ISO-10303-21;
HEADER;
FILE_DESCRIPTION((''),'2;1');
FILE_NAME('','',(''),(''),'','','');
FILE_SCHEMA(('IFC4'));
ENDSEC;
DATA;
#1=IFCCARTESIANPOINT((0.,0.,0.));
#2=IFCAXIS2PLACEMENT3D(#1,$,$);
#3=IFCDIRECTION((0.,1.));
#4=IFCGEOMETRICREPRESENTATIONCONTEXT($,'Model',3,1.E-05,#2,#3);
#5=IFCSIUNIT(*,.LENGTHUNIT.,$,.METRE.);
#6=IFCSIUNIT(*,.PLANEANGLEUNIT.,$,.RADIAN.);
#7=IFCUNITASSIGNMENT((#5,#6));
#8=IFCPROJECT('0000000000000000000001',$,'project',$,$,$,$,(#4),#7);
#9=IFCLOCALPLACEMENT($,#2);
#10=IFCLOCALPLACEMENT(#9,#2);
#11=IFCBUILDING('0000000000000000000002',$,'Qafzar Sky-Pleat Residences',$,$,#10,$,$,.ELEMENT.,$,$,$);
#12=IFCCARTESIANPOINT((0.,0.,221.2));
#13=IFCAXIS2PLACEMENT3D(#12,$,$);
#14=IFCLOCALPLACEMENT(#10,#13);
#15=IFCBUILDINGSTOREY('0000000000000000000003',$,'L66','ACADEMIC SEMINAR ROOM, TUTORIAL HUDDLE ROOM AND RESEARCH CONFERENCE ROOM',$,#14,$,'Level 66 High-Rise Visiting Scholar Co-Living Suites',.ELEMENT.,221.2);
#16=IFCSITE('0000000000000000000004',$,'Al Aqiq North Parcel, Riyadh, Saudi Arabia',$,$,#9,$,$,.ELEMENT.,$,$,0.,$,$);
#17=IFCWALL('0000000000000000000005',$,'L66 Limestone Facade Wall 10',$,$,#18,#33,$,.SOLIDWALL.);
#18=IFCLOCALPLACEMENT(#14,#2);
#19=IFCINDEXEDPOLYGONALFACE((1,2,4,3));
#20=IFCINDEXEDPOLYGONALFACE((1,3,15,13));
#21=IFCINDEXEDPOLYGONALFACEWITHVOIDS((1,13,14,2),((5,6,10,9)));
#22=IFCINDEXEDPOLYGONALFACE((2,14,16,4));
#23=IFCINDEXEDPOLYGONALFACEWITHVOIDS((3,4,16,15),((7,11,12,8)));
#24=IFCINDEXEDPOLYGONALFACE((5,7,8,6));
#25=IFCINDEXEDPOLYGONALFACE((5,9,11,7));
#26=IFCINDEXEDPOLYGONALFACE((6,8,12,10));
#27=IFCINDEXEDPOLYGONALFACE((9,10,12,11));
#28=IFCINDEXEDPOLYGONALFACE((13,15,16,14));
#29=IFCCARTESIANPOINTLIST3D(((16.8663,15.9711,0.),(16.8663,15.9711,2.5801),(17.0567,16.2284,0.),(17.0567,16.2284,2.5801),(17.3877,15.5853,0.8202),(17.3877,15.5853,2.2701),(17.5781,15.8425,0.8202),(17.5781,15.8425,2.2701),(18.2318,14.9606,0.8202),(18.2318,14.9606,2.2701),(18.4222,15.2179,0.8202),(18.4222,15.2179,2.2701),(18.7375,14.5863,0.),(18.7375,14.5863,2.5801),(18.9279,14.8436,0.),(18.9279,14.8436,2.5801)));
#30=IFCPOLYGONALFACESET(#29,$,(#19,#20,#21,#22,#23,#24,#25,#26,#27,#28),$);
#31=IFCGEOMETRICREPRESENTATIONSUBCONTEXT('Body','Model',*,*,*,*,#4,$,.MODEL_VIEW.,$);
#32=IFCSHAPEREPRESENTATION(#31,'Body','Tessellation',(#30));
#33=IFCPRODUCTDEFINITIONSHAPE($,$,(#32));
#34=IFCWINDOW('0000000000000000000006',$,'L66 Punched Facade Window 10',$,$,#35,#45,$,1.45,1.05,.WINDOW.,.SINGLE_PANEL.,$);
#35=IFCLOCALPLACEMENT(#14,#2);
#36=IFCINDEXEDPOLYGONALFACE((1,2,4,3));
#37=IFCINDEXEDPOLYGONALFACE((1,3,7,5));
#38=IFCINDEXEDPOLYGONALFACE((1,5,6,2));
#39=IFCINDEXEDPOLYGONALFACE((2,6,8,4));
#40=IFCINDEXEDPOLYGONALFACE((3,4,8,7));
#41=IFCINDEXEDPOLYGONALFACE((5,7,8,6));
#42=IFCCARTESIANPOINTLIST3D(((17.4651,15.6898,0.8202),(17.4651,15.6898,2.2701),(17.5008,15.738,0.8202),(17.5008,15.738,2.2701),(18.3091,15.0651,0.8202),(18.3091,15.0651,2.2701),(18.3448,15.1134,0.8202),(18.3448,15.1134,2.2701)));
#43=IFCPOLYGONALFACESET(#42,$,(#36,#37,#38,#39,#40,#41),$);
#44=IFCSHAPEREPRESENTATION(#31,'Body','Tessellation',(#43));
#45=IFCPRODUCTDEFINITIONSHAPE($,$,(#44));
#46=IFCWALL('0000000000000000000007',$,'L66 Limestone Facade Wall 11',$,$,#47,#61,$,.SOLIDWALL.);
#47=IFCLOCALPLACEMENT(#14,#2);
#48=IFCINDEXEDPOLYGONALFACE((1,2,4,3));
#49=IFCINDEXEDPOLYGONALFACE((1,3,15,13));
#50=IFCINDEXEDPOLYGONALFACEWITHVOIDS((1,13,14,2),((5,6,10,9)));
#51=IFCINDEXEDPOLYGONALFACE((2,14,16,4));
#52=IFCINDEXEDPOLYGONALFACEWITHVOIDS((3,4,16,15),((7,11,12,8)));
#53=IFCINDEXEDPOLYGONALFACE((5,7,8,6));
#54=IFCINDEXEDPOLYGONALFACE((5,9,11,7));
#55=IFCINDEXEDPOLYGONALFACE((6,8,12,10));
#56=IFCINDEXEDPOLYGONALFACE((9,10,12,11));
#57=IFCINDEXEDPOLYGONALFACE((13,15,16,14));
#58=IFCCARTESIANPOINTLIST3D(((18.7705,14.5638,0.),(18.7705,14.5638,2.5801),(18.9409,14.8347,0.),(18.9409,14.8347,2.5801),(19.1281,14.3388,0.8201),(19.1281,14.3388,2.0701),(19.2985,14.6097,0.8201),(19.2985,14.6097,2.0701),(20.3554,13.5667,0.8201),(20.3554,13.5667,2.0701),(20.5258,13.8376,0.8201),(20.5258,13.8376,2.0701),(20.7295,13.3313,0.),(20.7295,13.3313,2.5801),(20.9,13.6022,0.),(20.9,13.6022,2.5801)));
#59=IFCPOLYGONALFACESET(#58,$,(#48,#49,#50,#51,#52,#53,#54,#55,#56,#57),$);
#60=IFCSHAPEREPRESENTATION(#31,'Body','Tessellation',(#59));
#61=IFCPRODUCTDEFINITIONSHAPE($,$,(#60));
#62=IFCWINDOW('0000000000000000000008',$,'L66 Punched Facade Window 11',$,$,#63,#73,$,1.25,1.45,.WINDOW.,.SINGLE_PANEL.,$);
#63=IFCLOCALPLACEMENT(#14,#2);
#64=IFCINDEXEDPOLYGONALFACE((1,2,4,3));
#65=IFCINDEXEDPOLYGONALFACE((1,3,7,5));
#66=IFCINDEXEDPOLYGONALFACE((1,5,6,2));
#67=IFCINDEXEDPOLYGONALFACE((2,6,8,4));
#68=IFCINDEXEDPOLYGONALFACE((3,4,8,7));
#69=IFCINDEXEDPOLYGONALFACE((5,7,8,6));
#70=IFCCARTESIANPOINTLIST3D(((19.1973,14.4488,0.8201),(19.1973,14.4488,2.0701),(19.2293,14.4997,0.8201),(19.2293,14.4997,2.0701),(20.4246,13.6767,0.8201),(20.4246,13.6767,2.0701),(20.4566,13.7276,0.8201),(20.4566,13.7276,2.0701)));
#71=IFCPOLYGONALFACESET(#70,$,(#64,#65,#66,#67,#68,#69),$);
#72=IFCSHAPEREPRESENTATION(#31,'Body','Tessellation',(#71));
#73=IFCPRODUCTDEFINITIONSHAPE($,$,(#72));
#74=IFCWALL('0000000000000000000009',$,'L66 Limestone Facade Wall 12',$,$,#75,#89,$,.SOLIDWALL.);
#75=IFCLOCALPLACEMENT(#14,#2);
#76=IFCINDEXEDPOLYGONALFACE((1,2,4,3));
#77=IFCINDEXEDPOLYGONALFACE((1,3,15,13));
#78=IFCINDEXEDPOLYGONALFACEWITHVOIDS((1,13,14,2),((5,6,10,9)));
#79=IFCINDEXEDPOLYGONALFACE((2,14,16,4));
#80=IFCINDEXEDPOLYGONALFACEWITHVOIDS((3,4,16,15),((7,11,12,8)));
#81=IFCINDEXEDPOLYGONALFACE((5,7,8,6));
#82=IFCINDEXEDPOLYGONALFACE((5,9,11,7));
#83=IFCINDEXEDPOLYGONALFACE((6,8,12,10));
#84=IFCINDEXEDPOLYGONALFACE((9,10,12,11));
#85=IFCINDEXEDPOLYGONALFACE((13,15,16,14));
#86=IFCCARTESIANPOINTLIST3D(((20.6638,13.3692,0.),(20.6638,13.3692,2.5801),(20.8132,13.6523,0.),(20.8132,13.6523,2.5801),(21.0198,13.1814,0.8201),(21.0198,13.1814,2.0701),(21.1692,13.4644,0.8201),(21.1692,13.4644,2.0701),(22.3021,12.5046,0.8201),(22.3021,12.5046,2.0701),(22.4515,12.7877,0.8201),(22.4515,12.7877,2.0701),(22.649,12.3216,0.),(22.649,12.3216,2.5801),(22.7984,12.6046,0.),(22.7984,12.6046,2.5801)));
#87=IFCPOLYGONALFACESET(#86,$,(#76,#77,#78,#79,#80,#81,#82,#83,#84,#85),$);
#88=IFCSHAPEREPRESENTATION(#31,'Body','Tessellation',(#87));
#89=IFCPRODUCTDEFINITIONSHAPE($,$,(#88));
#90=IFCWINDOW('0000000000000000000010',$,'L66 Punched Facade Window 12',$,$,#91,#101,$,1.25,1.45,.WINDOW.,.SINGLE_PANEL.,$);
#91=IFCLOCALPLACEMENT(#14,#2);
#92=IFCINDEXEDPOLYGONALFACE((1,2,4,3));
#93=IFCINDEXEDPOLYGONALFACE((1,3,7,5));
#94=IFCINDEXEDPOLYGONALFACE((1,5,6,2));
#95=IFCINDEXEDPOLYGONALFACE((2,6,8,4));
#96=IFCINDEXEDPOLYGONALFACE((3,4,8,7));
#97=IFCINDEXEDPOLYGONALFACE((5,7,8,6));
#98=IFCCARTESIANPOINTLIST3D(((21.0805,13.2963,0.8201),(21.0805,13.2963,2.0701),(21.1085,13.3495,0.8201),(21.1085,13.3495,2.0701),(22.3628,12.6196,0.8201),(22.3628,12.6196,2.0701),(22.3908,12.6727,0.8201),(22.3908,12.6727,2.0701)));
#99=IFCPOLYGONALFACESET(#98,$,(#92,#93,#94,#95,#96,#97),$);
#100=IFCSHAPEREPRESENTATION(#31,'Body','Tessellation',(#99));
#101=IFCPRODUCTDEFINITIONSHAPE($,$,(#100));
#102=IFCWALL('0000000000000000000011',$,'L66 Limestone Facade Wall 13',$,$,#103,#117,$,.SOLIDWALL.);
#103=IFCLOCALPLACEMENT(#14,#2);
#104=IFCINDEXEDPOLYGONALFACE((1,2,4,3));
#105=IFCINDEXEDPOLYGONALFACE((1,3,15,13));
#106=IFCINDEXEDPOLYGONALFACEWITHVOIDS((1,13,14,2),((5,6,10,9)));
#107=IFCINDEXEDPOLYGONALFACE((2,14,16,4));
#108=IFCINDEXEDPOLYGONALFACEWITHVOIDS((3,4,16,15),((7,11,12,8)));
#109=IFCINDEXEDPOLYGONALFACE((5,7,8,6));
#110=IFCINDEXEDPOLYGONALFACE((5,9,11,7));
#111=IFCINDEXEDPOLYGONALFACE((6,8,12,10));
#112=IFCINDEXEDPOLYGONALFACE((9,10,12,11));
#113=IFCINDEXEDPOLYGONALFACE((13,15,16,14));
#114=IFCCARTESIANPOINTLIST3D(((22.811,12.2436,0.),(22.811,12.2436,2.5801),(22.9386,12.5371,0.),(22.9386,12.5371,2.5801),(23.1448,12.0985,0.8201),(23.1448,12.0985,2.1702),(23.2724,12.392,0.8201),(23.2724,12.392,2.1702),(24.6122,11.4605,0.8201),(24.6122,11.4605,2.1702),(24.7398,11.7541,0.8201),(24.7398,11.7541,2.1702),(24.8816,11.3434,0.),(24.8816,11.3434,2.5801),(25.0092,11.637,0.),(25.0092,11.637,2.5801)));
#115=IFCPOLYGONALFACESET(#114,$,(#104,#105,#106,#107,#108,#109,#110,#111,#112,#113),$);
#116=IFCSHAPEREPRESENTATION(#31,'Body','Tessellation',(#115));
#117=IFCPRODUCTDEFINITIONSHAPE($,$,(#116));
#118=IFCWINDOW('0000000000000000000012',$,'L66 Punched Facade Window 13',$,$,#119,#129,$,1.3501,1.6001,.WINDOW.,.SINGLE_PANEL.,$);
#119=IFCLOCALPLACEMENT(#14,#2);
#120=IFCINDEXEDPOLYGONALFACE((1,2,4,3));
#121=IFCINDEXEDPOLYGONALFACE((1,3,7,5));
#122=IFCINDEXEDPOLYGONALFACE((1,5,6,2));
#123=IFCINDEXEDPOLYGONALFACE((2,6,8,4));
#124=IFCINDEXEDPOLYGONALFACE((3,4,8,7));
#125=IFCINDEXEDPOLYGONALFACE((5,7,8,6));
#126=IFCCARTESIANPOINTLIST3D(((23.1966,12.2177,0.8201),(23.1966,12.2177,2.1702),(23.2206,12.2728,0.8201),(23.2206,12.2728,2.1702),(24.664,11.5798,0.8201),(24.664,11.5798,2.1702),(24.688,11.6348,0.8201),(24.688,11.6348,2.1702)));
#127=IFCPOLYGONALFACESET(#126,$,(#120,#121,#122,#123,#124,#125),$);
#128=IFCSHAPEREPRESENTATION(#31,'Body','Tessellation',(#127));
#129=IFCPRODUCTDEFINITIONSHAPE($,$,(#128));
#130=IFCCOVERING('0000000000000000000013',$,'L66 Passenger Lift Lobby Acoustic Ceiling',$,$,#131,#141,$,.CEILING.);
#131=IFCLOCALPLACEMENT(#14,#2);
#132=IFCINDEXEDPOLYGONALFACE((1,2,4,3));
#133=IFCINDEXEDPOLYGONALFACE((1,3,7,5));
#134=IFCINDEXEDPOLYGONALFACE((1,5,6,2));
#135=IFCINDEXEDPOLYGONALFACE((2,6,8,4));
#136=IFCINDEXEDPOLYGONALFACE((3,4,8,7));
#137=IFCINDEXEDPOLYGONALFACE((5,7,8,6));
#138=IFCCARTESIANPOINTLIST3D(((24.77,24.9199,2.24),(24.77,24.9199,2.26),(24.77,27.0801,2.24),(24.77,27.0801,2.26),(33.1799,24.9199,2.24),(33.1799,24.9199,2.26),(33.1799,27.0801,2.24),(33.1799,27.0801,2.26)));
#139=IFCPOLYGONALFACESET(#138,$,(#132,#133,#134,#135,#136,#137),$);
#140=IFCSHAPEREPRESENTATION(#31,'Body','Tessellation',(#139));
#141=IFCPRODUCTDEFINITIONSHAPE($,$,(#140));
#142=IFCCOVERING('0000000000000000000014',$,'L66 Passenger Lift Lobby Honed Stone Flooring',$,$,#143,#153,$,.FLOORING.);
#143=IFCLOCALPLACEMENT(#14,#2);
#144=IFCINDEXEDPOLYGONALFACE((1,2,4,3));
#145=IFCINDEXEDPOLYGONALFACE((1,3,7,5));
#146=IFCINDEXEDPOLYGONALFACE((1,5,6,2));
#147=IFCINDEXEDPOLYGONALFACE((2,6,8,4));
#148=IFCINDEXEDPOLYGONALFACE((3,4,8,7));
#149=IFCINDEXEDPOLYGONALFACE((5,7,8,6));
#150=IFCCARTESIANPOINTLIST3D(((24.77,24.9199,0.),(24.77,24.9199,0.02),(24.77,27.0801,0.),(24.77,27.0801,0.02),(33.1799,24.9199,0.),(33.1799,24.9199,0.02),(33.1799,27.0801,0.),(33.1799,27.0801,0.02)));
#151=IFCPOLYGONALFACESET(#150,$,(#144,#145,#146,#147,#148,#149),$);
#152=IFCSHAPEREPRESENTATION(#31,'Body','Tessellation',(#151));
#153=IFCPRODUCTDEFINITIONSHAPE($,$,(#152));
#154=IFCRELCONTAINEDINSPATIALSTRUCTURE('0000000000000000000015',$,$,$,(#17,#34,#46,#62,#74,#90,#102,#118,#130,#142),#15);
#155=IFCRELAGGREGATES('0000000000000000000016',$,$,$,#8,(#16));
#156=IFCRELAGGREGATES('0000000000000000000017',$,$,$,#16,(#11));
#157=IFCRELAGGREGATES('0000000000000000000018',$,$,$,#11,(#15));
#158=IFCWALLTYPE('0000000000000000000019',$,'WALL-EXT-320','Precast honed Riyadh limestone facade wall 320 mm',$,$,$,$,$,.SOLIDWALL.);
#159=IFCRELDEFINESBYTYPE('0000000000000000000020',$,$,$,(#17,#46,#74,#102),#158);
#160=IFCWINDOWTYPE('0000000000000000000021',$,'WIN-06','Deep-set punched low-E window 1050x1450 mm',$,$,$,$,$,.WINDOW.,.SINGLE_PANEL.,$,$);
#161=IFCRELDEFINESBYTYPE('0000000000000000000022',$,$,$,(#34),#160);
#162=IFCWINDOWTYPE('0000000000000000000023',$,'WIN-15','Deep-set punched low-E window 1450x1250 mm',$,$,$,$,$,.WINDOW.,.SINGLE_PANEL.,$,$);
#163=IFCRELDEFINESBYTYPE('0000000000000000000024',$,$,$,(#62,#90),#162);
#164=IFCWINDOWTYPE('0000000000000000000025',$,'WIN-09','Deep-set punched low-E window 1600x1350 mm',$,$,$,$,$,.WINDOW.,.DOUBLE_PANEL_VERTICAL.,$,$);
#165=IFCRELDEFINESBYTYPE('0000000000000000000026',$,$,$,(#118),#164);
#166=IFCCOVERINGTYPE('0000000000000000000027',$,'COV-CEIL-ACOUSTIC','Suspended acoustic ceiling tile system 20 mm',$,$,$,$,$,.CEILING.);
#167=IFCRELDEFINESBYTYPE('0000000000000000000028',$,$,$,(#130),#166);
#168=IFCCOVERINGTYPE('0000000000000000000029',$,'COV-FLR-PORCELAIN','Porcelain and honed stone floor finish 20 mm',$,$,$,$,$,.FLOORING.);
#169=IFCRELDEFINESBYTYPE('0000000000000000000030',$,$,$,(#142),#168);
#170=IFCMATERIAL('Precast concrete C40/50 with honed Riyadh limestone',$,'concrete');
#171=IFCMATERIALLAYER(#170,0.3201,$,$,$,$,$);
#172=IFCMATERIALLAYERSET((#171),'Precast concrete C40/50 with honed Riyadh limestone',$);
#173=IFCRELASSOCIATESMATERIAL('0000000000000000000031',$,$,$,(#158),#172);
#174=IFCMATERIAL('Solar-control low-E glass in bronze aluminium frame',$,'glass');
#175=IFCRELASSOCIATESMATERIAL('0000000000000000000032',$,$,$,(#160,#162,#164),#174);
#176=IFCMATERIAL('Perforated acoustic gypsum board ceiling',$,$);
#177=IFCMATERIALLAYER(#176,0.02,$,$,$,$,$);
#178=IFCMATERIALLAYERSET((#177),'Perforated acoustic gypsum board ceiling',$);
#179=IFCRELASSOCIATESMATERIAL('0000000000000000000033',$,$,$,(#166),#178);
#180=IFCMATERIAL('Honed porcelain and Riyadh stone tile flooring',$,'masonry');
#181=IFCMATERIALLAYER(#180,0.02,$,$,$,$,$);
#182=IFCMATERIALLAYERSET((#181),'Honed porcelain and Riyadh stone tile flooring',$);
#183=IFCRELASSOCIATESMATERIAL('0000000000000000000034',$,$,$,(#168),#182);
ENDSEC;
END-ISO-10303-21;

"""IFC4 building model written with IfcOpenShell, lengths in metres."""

from ifc_helpers import new_model, si_unit, direction, frame, frame_2d, origin, place, context, subcontext, project, spatial, polyline, rectangle, outline, extrude, source, transform, mapped, material, layer, layer_set, type_object, element, fill, save


model = new_model("IFC4")

# Units and contexts
model_context = context("Model", 3, precision=1e-05, world=origin(), true_north=direction((0.0, 1.0)))
body_context = subcontext(model_context, "Body", "Model", "MODEL_VIEW")
ifc_project = project(units=[si_unit("LENGTHUNIT", "METRE"), si_unit("PLANEANGLEUNIT", "RADIAN")], contexts=[model_context])

# Site, building, storey
site_placement = place(None, origin())
site = spatial("IfcSite", under=ifc_project, at=site_placement, Name="Al Aqiq North Parcel, Riyadh, Saudi Arabia", CompositionType="ELEMENT", RefElevation=0.0)
building_placement = place(site_placement, origin())
building = spatial("IfcBuilding", under=site, at=building_placement, Name="Qafzar Sky-Pleat Residences", CompositionType="ELEMENT")
storey_placement = place(building_placement, frame((0.0, 0.0, 221.2)))
storey = spatial("IfcBuildingStorey", under=building, at=storey_placement, Name="L66", Description="ACADEMIC SEMINAR ROOM, TUTORIAL HUDDLE ROOM AND RESEARCH CONFERENCE ROOM", LongName="Level 66 High-Rise Visiting Scholar Co-Living Suites", CompositionType="ELEMENT", Elevation=221.2)

# Walls, openings, windows
ifc_material_1 = material(Name="Precast concrete C40/50 with honed Riyadh limestone", Category="concrete")
ifc_layer_1 = layer(ifc_material_1, 0.3201)
ifc_layer_set_1 = layer_set([ifc_layer_1], Name="Precast concrete C40/50 with honed Riyadh limestone")
wall_type_1 = type_object("IfcWallType", Name="WALL-EXT-320", Description="Precast honed Riyadh limestone facade wall 320 mm", PredefinedType="SOLIDWALL", material=ifc_layer_set_1)
wall_1_placement = place(storey_placement, frame((16.9614, 16.0999, 0.0), z_axis=(0.0, 0.0, 1.0), x_axis=(0.80381, -0.594886, 0.0)))
wall_1 = element("IfcWall", 1, at=wall_1_placement, inside=storey, type_object=wall_type_1, Name="L66 Limestone Facade Wall 10", PredefinedType="SOLIDWALL", context=body_context, shape_type="SweptSolid", body=[
    extrude(rectangle(XDim=2.3279, YDim=0.3201, at=frame_2d((1.1641, 0.0))), origin(), (0.0, 0.0, 1.0), 2.5801),
])
opening_1_placement = place(wall_1_placement, frame((0.6489, 0.0, 0.8201)))
opening_1 = element("IfcOpeningElement", 2, at=opening_1_placement, cuts=wall_1, PredefinedType="OPENING", context=body_context, shape_type="SweptSolid", body=[
    extrude(rectangle(XDim=1.05, YDim=1.45, at=frame_2d((0.5249, 0.7251))), frame((0.0, 0.1699, 0.0), z_axis=(0.0, -1.0, 0.0), x_axis=(1.0, 0.0, 0.0)), (0.0, 0.0, 1.0), 0.3401),
])
ifc_material_2 = material(Name="Solar-control low-E glass in bronze aluminium frame", Category="glass")
window_type_1 = type_object("IfcWindowType", Name="WIN-06", Description="Deep-set punched low-E window 1050x1450 mm", PartitioningType="SINGLE_PANEL", PredefinedType="WINDOW", material=ifc_material_2)
shared_shape_1 = source(origin(), body_context, "Body", "SweptSolid", [
    extrude(rectangle(XDim=1.05, YDim=1.45, at=frame_2d((0.5249, 0.7251))), frame((0.0, 0.03, 0.0), z_axis=(0.0, -1.0, 0.0), x_axis=(1.0, 0.0, 0.0)), (0.0, 0.0, 1.0), 0.0601),
])
window_1_placement = place(opening_1_placement, origin())
window_1 = element("IfcWindow", 3, at=window_1_placement, inside=storey, type_object=window_type_1, Name="L66 Punched Facade Window 10", OverallHeight=1.45, OverallWidth=1.05, PartitioningType="SINGLE_PANEL", PredefinedType="WINDOW", context=body_context, shape_type="MappedRepresentation", body=[
    mapped(shared_shape_1, transform((0.0, 0.0, 0.0), x_axis=(1.0, 0.0, 0.0), y_axis=(0.0, 1.0, 0.0), z_axis=(0.0, 0.0, 1.0), scale=1.0)),
])
fill(opening_1, window_1)
wall_2_placement = place(storey_placement, frame((18.8557, 14.6992, 0.0), z_axis=(0.0, 0.0, 1.0), x_axis=(0.84643, -0.5325, 0.0)))
wall_2 = element("IfcWall", 4, at=wall_2_placement, inside=storey, type_object=wall_type_1, Name="L66 Limestone Facade Wall 11", PredefinedType="SOLIDWALL", context=body_context, shape_type="SweptSolid", body=[
    extrude(rectangle(XDim=2.3145, YDim=0.3201, at=frame_2d((1.1572, 0.0))), origin(), (0.0, 0.0, 1.0), 2.5801),
])
opening_2_placement = place(wall_2_placement, frame((0.4224, 0.0, 0.8201)))
opening_2 = element("IfcOpeningElement", 5, at=opening_2_placement, cuts=wall_2, PredefinedType="OPENING", context=body_context, shape_type="SweptSolid", body=[
    extrude(rectangle(XDim=1.45, YDim=1.25, at=frame_2d((0.7251, 0.625))), frame((0.0, 0.1699, 0.0), z_axis=(0.0, -1.0, 0.0), x_axis=(1.0, 0.0, 0.0)), (0.0, 0.0, 1.0), 0.3401),
])
window_type_2 = type_object("IfcWindowType", Name="WIN-15", Description="Deep-set punched low-E window 1450x1250 mm", PartitioningType="SINGLE_PANEL", PredefinedType="WINDOW", material=ifc_material_2)
shared_shape_2 = source(origin(), body_context, "Body", "SweptSolid", [
    extrude(rectangle(XDim=1.45, YDim=1.25, at=frame_2d((0.7251, 0.625))), frame((0.0, 0.03, 0.0), z_axis=(0.0, -1.0, 0.0), x_axis=(1.0, 0.0, 0.0)), (0.0, 0.0, 1.0), 0.0601),
])
window_2_placement = place(opening_2_placement, origin())
window_2 = element("IfcWindow", 6, at=window_2_placement, inside=storey, type_object=window_type_2, Name="L66 Punched Facade Window 11", OverallHeight=1.25, OverallWidth=1.45, PartitioningType="SINGLE_PANEL", PredefinedType="WINDOW", context=body_context, shape_type="MappedRepresentation", body=[
    mapped(shared_shape_2, transform((0.0, 0.0, 0.0), x_axis=(1.0, 0.0, 0.0), y_axis=(0.0, 1.0, 0.0), z_axis=(0.0, 0.0, 1.0), scale=1.0)),
])
fill(opening_2, window_2)
wall_3_placement = place(storey_placement, frame((20.7385, 13.5107, 0.0), z_axis=(0.0, 0.0, 1.0), x_axis=(0.884401, -0.466728, 0.0)))
wall_3 = element("IfcWall", 7, at=wall_3_placement, inside=storey, type_object=wall_type_1, Name="L66 Limestone Facade Wall 12", PredefinedType="SOLIDWALL", context=body_context, shape_type="SweptSolid", body=[
    extrude(rectangle(XDim=2.2446, YDim=0.3201, at=frame_2d((1.1223, 0.0))), origin(), (0.0, 0.0, 1.0), 2.5801),
])
opening_3_placement = place(wall_3_placement, frame((0.4023, 0.0, 0.8201)))
opening_3 = element("IfcOpeningElement", 8, at=opening_3_placement, cuts=wall_3, PredefinedType="OPENING", context=body_context, shape_type="SweptSolid", body=[
    extrude(rectangle(XDim=1.45, YDim=1.25, at=frame_2d((0.7251, 0.625))), frame((0.0, 0.1699, 0.0), z_axis=(0.0, -1.0, 0.0), x_axis=(1.0, 0.0, 0.0)), (0.0, 0.0, 1.0), 0.3401),
])
window_3_placement = place(opening_3_placement, origin())
window_3 = element("IfcWindow", 9, at=window_3_placement, inside=storey, type_object=window_type_2, Name="L66 Punched Facade Window 12", OverallHeight=1.25, OverallWidth=1.45, PartitioningType="SINGLE_PANEL", PredefinedType="WINDOW", context=body_context, shape_type="MappedRepresentation", body=[
    mapped(shared_shape_2, transform((0.0, 0.0, 0.0), x_axis=(1.0, 0.0, 0.0), y_axis=(0.0, 1.0, 0.0), z_axis=(0.0, 0.0, 1.0), scale=1.0)),
])
fill(opening_3, window_3)
wall_4_placement = place(storey_placement, frame((22.8748, 12.3904, 0.0), z_axis=(0.0, 0.0, 1.0), x_axis=(0.917086, -0.398691, 0.0)))
wall_4 = element("IfcWall", 10, at=wall_4_placement, inside=storey, type_object=wall_type_1, Name="L66 Limestone Facade Wall 13", PredefinedType="SOLIDWALL", context=body_context, shape_type="SweptSolid", body=[
    extrude(rectangle(XDim=2.2578, YDim=0.3201, at=frame_2d((1.1289, 0.0))), origin(), (0.0, 0.0, 1.0), 2.5801),
])
opening_4_placement = place(wall_4_placement, frame((0.364, 0.0, 0.8201)))
opening_4 = element("IfcOpeningElement", 11, at=opening_4_placement, cuts=wall_4, PredefinedType="OPENING", context=body_context, shape_type="SweptSolid", body=[
    extrude(rectangle(XDim=1.6001, YDim=1.3501, at=frame_2d((0.8, 0.675))), frame((0.0, 0.1699, 0.0), z_axis=(0.0, -1.0, 0.0), x_axis=(1.0, 0.0, 0.0)), (0.0, 0.0, 1.0), 0.3401),
])
window_type_3 = type_object("IfcWindowType", Name="WIN-09", Description="Deep-set punched low-E window 1600x1350 mm", PartitioningType="DOUBLE_PANEL_VERTICAL", PredefinedType="WINDOW", material=ifc_material_2)
shared_shape_3 = source(origin(), body_context, "Body", "SweptSolid", [
    extrude(rectangle(XDim=1.6001, YDim=1.3501, at=frame_2d((0.8, 0.675))), frame((0.0, 0.03, 0.0), z_axis=(0.0, -1.0, 0.0), x_axis=(1.0, 0.0, 0.0)), (0.0, 0.0, 1.0), 0.0601),
])
window_4_placement = place(opening_4_placement, origin())
window_4 = element("IfcWindow", 12, at=window_4_placement, inside=storey, type_object=window_type_3, Name="L66 Punched Facade Window 13", OverallHeight=1.3501, OverallWidth=1.6001, PartitioningType="SINGLE_PANEL", PredefinedType="WINDOW", context=body_context, shape_type="MappedRepresentation", body=[
    mapped(shared_shape_3, transform((0.0, 0.0, 0.0), x_axis=(1.0, 0.0, 0.0), y_axis=(0.0, 1.0, 0.0), z_axis=(0.0, 0.0, 1.0), scale=1.0)),
])
fill(opening_4, window_4)

# Coverings
ifc_material_3 = material(Name="Perforated acoustic gypsum board ceiling")
ifc_layer_2 = layer(ifc_material_3, 0.02)
ifc_layer_set_2 = layer_set([ifc_layer_2], Name="Perforated acoustic gypsum board ceiling")
covering_type_1 = type_object("IfcCoveringType", Name="COV-CEIL-ACOUSTIC", Description="Suspended acoustic ceiling tile system 20 mm", PredefinedType="CEILING", material=ifc_layer_set_2)
covering_1_placement = place(storey_placement, frame((0.0, 0.0, 2.24)))
element("IfcCovering", 13, at=covering_1_placement, inside=storey, type_object=covering_type_1, Name="L66 Passenger Lift Lobby Acoustic Ceiling", PredefinedType="CEILING", context=body_context, shape_type="SweptSolid", body=[
    extrude(outline(polyline([(33.1799, 24.9199), (24.77, 24.9199), (24.77, 27.0801), (33.1799, 27.0801), (33.1799, 24.9199)])), origin(), (0.0, 0.0, 1.0), 0.02),
])
ifc_material_4 = material(Name="Honed porcelain and Riyadh stone tile flooring", Category="masonry")
ifc_layer_3 = layer(ifc_material_4, 0.02)
ifc_layer_set_3 = layer_set([ifc_layer_3], Name="Honed porcelain and Riyadh stone tile flooring")
covering_type_2 = type_object("IfcCoveringType", Name="COV-FLR-PORCELAIN", Description="Porcelain and honed stone floor finish 20 mm", PredefinedType="FLOORING", material=ifc_layer_set_3)
covering_2_placement = place(storey_placement, origin())
element("IfcCovering", 14, at=covering_2_placement, inside=storey, type_object=covering_type_2, Name="L66 Passenger Lift Lobby Honed Stone Flooring", PredefinedType="FLOORING", context=body_context, shape_type="SweptSolid", body=[
    extrude(outline(polyline([(33.1799, 24.9199), (24.77, 24.9199), (24.77, 27.0801), (33.1799, 27.0801), (33.1799, 24.9199)])), origin(), (0.0, 0.0, 1.0), 0.02),
])

save(model, "model.ifc")
